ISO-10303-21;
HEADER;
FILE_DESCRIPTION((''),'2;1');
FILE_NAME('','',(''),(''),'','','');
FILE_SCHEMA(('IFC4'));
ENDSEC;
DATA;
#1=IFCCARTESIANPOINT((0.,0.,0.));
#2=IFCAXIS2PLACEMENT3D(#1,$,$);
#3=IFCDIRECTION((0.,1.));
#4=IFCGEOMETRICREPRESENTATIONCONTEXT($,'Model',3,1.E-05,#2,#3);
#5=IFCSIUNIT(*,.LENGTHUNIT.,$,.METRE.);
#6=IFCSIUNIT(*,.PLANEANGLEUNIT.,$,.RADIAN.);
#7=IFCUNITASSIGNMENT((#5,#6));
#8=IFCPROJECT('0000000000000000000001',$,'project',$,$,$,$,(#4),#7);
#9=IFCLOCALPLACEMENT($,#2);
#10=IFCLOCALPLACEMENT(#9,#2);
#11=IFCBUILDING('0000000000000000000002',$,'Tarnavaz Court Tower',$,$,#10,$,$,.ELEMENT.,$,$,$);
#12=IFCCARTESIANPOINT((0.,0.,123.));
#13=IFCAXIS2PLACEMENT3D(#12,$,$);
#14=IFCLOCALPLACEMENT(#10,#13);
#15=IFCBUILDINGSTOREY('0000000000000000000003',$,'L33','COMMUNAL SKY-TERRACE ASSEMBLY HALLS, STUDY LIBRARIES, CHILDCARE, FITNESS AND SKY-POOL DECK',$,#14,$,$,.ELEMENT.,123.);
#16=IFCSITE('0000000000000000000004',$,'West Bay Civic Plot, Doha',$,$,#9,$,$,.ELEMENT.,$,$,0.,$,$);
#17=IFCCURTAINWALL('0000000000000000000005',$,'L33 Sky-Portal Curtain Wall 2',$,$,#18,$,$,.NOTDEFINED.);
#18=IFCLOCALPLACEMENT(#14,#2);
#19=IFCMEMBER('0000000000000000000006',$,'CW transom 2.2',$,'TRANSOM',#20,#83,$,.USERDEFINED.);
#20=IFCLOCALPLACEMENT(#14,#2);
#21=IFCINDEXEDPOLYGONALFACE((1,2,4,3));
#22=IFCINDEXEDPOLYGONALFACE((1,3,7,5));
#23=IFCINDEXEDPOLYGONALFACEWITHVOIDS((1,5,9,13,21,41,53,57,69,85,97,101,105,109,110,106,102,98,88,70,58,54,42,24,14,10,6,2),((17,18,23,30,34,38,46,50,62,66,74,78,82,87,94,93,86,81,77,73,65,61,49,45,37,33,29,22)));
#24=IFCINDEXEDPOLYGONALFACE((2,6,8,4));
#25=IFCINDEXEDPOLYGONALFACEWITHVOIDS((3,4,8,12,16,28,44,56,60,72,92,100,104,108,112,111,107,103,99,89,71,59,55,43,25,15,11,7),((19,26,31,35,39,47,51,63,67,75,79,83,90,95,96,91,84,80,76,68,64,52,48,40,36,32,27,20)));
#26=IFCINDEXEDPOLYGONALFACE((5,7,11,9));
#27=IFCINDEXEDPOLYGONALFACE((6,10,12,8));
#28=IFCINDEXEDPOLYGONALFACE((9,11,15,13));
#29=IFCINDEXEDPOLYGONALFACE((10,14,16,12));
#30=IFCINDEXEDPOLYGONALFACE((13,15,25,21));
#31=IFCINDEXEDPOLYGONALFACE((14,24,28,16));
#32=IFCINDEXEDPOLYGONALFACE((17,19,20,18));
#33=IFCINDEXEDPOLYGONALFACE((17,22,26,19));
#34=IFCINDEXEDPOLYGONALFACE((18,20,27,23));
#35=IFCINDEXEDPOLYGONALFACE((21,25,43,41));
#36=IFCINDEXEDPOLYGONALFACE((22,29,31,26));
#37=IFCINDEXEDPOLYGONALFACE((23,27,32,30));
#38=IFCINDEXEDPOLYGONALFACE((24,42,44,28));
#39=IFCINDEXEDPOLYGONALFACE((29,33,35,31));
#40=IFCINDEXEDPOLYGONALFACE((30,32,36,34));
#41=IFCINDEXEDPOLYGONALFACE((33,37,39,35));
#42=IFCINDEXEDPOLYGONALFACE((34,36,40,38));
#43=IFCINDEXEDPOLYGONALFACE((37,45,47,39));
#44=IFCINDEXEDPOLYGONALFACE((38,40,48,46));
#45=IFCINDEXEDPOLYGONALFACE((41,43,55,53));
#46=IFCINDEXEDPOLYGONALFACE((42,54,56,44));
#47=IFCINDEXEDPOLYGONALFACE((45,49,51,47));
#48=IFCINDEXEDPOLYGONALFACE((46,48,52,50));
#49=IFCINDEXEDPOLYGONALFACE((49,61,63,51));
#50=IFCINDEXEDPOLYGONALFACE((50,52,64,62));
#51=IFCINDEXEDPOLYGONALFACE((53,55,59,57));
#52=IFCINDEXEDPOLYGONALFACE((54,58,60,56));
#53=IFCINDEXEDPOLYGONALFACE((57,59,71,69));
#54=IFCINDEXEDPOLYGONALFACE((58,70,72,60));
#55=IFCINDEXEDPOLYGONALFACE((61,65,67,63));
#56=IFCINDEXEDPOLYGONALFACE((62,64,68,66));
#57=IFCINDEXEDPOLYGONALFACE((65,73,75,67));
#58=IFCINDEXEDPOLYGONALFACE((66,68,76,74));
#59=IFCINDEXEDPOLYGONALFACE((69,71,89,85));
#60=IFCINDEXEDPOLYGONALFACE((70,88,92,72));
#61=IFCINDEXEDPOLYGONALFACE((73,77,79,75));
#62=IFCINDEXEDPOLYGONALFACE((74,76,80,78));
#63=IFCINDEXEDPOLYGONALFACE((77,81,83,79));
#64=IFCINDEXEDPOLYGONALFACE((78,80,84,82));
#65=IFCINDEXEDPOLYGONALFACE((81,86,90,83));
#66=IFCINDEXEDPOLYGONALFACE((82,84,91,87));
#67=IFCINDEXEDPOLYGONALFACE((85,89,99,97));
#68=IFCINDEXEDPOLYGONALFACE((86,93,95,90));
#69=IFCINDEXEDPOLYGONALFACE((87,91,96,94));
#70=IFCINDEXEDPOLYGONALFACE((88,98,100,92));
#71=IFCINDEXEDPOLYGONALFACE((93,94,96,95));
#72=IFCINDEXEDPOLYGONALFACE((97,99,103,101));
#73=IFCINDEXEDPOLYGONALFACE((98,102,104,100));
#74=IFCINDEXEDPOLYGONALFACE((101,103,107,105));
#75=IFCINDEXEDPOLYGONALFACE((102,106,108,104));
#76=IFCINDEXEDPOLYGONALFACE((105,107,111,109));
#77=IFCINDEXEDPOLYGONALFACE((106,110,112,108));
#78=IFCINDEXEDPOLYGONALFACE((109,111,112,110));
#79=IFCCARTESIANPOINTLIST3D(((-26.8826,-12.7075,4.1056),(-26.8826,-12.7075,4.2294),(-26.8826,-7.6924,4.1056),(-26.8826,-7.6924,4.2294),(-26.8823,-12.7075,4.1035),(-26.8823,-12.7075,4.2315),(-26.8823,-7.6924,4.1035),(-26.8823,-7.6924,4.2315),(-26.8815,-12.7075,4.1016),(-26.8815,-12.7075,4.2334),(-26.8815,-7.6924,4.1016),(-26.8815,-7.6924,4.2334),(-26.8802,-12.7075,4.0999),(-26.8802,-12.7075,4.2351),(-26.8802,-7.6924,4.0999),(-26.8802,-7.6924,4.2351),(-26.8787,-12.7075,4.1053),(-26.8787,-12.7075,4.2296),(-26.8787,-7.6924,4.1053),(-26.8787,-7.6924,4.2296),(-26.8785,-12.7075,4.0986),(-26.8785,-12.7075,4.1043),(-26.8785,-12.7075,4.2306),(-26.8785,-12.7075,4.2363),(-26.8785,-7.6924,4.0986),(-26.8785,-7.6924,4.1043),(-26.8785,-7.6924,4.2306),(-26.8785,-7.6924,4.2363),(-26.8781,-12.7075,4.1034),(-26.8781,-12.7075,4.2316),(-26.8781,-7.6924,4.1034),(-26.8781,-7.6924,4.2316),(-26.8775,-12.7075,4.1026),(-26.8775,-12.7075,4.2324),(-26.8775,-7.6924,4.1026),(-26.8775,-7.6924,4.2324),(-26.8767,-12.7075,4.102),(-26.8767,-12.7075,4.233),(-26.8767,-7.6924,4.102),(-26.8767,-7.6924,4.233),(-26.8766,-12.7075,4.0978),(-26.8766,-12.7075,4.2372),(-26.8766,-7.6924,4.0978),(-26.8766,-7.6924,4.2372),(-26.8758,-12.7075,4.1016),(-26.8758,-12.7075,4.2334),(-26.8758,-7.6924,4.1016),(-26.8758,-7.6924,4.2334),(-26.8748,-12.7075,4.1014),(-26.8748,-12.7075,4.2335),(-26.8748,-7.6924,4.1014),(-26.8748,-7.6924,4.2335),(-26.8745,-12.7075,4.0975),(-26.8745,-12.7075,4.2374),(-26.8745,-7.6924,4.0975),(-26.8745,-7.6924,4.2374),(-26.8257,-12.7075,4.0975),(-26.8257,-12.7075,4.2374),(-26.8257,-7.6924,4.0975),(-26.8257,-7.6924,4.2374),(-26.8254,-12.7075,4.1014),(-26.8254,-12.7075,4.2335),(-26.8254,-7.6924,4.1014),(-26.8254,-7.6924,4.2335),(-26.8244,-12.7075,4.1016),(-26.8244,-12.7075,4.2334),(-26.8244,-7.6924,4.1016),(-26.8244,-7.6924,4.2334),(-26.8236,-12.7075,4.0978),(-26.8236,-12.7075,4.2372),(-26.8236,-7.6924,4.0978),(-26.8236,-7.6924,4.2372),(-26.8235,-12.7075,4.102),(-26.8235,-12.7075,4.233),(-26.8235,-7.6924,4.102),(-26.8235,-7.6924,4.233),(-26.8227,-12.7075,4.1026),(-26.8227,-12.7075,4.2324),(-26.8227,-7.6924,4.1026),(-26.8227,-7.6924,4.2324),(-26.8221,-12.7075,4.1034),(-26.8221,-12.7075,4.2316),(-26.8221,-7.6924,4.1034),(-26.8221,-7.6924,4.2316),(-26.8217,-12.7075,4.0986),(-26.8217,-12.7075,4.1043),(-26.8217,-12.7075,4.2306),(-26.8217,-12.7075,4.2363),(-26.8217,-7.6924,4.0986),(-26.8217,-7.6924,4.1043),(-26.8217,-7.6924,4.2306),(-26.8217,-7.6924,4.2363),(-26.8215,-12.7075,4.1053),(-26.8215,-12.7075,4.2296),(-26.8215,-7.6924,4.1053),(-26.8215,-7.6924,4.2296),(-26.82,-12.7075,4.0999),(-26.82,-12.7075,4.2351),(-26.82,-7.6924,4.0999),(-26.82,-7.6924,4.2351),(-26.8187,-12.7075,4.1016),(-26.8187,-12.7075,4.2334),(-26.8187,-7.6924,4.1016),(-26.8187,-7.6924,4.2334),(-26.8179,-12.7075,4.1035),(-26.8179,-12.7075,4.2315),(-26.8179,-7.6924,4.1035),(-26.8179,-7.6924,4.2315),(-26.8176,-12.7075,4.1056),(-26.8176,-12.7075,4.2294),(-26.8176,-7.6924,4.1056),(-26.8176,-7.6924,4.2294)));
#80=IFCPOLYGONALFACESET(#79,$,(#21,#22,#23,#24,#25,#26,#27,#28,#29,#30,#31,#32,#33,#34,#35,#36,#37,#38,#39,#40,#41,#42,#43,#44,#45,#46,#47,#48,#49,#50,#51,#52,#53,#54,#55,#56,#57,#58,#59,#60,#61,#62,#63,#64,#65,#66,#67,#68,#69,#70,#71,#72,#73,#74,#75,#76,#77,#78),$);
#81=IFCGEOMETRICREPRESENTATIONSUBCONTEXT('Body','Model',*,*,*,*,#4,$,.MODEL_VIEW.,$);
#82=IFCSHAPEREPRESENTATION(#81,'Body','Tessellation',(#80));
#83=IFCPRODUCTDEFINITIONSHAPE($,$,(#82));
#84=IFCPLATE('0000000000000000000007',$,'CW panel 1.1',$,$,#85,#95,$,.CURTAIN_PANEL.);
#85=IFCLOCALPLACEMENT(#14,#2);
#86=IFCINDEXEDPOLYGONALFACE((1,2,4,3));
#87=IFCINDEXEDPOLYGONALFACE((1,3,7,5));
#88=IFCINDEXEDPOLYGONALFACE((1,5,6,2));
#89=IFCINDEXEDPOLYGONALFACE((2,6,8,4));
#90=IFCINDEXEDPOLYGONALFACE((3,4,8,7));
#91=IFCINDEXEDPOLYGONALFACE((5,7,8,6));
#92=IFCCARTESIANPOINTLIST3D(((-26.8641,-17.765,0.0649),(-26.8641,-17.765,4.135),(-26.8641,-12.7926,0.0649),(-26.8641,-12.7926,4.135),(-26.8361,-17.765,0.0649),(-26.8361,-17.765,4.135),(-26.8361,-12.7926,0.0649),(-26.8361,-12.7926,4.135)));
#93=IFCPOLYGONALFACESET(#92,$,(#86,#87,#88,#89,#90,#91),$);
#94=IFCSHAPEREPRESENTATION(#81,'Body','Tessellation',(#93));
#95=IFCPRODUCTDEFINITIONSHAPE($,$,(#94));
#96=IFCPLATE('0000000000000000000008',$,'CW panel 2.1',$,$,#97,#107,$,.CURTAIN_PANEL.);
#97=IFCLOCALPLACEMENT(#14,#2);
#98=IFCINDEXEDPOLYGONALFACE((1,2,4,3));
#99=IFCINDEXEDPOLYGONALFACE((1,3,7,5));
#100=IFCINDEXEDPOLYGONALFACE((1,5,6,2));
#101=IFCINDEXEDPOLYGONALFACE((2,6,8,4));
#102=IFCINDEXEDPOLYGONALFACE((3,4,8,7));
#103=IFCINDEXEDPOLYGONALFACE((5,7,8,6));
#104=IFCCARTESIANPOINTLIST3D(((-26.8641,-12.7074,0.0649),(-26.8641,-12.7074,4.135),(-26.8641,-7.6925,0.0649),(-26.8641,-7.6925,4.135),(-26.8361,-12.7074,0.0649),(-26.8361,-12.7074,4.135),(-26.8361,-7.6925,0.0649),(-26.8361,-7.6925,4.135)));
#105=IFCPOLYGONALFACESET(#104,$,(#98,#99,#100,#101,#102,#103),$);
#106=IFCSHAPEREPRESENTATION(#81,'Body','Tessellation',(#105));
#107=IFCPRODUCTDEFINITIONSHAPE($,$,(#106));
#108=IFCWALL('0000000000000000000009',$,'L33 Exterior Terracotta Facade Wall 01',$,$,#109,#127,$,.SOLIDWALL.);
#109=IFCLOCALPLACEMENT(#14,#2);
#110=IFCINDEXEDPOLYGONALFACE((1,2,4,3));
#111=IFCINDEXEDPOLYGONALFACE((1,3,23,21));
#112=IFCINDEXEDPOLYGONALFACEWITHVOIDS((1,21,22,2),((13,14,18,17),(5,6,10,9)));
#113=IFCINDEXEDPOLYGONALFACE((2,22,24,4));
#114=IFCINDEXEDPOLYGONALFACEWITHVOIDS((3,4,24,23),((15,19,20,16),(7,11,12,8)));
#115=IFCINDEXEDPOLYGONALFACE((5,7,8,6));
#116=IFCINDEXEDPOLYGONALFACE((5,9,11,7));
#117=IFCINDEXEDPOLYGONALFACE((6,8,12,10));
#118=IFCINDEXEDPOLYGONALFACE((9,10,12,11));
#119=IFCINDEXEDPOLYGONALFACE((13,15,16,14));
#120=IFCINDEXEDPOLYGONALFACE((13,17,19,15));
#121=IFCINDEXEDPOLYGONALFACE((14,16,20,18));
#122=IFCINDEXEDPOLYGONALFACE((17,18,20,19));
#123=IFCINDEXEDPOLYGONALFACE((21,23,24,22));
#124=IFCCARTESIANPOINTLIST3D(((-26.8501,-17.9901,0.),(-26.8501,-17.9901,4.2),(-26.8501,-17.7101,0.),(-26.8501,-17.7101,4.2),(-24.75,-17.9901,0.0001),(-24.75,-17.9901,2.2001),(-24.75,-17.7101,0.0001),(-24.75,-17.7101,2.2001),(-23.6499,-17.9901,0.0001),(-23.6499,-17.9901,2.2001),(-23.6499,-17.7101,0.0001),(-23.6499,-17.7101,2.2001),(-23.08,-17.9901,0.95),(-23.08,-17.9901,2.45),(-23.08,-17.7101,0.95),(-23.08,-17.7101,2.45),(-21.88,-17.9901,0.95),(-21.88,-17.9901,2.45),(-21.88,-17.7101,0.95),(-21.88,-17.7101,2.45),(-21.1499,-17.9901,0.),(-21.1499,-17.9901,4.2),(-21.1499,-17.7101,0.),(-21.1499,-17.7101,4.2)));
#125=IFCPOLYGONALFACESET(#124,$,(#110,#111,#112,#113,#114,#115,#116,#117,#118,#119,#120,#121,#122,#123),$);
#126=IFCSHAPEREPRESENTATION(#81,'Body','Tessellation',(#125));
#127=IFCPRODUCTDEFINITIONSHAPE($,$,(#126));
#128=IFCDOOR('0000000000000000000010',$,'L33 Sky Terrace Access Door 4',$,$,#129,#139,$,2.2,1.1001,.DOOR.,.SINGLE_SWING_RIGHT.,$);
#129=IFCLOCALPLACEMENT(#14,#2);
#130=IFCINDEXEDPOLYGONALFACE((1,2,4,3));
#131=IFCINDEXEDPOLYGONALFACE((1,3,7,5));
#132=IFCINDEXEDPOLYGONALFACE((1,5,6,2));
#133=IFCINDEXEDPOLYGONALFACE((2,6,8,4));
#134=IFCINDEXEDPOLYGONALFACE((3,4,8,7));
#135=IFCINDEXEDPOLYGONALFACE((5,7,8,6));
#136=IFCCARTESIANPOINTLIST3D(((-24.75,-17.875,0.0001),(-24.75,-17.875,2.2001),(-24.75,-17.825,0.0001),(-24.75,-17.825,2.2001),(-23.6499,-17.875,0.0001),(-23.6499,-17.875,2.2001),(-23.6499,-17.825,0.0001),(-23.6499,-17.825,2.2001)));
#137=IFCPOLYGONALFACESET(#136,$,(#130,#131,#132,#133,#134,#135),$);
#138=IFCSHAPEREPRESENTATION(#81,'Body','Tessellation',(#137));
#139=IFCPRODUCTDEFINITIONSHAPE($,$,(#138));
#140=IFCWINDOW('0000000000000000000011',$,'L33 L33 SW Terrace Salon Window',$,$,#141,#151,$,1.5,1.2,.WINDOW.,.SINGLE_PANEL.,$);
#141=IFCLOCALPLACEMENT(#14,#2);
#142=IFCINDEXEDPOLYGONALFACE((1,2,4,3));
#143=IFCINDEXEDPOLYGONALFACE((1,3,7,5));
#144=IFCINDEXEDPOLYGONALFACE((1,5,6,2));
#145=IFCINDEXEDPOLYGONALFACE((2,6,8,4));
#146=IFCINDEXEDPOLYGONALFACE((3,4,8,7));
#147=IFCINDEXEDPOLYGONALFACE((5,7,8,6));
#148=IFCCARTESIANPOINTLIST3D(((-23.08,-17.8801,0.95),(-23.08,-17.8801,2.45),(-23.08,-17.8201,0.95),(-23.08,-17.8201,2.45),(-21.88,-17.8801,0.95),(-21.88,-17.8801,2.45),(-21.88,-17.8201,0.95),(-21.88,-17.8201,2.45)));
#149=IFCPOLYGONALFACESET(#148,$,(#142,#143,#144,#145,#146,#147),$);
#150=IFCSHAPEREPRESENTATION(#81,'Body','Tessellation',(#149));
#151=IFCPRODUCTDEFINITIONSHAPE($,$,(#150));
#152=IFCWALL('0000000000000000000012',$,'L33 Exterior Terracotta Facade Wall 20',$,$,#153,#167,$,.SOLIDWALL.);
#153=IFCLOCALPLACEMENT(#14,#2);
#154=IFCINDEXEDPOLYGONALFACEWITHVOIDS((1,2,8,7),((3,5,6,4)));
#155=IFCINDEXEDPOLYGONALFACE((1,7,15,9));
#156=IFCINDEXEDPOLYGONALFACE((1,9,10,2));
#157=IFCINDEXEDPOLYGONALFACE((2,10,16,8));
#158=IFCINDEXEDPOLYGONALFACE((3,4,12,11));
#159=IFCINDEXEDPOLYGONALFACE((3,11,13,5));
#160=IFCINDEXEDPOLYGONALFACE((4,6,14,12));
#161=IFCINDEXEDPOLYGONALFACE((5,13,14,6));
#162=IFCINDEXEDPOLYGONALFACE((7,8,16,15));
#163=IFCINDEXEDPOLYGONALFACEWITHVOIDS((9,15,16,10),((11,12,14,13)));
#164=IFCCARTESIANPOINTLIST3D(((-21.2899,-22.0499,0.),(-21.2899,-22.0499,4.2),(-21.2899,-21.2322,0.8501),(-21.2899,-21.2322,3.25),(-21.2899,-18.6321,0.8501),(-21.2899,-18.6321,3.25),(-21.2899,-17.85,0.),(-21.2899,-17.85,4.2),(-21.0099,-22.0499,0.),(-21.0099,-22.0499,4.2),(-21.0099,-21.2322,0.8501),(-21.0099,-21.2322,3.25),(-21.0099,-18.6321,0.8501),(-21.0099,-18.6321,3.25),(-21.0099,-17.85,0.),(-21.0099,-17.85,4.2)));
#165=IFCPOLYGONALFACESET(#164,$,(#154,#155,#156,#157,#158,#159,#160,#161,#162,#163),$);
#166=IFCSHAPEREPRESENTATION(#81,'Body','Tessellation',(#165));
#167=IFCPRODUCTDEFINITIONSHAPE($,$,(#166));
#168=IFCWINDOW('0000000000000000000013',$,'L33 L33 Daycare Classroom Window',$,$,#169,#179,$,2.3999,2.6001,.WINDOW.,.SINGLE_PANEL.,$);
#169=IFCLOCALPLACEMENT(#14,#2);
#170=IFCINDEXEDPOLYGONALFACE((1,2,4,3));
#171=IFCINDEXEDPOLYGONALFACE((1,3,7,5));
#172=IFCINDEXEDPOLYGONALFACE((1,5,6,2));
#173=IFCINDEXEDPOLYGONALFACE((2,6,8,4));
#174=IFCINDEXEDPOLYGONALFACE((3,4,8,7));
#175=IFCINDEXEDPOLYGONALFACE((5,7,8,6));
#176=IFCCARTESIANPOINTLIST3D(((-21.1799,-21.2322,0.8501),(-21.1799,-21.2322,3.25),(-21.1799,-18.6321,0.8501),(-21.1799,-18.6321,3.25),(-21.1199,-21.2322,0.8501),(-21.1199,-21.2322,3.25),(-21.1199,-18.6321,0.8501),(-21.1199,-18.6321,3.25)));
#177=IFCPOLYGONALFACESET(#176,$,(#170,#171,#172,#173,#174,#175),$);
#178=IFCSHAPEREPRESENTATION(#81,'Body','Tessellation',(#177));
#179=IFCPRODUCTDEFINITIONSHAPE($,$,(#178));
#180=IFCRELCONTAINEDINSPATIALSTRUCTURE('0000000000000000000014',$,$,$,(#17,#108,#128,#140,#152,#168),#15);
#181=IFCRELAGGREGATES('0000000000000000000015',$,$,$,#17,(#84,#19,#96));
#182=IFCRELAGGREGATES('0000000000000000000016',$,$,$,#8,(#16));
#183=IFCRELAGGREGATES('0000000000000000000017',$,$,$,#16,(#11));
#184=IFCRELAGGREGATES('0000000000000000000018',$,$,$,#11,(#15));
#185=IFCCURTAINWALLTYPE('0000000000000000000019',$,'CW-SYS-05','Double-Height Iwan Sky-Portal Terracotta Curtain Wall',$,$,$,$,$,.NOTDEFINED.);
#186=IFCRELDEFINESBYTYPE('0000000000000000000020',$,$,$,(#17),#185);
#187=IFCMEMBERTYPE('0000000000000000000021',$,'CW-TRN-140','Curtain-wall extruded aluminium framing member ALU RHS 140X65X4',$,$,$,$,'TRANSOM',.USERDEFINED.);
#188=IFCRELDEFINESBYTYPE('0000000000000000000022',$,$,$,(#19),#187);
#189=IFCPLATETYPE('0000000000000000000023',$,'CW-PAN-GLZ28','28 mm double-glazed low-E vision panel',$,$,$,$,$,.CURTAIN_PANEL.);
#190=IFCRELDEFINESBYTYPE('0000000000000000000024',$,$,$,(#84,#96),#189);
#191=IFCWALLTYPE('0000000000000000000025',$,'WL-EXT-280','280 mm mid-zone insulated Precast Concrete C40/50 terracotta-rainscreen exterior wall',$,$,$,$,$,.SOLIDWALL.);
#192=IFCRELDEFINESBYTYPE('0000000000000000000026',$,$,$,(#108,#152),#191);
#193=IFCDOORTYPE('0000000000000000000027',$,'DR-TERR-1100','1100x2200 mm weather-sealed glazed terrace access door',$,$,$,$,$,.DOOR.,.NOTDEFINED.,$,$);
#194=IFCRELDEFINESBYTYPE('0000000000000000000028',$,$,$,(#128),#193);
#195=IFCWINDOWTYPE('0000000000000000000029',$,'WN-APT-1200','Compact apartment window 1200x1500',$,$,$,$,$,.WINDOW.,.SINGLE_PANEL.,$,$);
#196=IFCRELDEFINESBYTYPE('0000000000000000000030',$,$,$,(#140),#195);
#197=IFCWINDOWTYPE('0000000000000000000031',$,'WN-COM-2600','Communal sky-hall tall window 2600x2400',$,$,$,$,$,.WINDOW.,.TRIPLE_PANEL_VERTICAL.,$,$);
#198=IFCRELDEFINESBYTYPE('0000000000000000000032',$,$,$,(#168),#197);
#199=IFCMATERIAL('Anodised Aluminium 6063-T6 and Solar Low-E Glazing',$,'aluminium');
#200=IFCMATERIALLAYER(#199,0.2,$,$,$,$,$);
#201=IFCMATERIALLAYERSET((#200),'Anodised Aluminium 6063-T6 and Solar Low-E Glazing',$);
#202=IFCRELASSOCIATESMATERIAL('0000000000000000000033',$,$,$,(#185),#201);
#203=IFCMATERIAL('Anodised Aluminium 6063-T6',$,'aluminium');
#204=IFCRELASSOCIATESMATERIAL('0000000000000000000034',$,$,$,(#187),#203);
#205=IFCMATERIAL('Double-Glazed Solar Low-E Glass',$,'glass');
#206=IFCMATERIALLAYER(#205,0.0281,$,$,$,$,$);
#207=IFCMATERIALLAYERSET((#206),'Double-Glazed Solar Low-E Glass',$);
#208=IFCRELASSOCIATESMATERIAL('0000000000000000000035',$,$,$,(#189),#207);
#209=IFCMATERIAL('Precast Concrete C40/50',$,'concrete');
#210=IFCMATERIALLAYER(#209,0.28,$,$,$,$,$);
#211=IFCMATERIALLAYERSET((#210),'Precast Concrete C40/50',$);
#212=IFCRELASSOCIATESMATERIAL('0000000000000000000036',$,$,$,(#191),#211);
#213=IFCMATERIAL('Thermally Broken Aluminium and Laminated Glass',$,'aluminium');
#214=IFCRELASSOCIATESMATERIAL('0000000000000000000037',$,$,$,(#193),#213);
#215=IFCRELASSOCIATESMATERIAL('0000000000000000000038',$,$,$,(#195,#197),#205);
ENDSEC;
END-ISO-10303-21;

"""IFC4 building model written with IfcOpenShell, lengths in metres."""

from ifc_helpers import new_model, si_unit, direction, frame, frame_2d, origin, origin_2d, place, context, subcontext, project, spatial, rectangle, hollow_rectangle, extrude, material, layer, layer_set, material_profile, profile_set, type_object, element, fill, aggregate, save


model = new_model("IFC4")

# Units and contexts
model_context = context("Model", 3, precision=1e-05, world=origin(), true_north=direction((0.0, 1.0)))
body_context = subcontext(model_context, "Body", "Model", "MODEL_VIEW")
ifc_project = project(units=[si_unit("LENGTHUNIT", "METRE"), si_unit("PLANEANGLEUNIT", "RADIAN")], contexts=[model_context])

# Site, building, storey
site_placement = place(None, origin())
site = spatial("IfcSite", under=ifc_project, at=site_placement, Name="West Bay Civic Plot, Doha", CompositionType="ELEMENT", RefElevation=0.0)
building_placement = place(site_placement, origin())
building = spatial("IfcBuilding", under=site, at=building_placement, Name="Tarnavaz Court Tower", CompositionType="ELEMENT")
storey_placement = place(building_placement, frame((0.0, 0.0, 123.0)))
storey = spatial("IfcBuildingStorey", under=building, at=storey_placement, Name="L33", Description="COMMUNAL SKY-TERRACE ASSEMBLY HALLS, STUDY LIBRARIES, CHILDCARE, FITNESS AND SKY-POOL DECK", CompositionType="ELEMENT", Elevation=123.0)

# Curtain wall, member, plates
ifc_material_1 = material(Name="Anodised Aluminium 6063-T6 and Solar Low-E Glazing", Category="aluminium")
ifc_layer_1 = layer(ifc_material_1, 0.2)
ifc_layer_set_1 = layer_set([ifc_layer_1], Name="Anodised Aluminium 6063-T6 and Solar Low-E Glazing")
curtain_wall_type = type_object("IfcCurtainWallType", Name="CW-SYS-05", Description="Double-Height Iwan Sky-Portal Terracotta Curtain Wall", PredefinedType="NOTDEFINED", material=ifc_layer_set_1)
curtain_wall_placement = place(storey_placement, origin())
curtain_wall = element("IfcCurtainWall", 1, at=curtain_wall_placement, inside=storey, type_object=curtain_wall_type, Name="L33 Sky-Portal Curtain Wall 2", PredefinedType="NOTDEFINED")
ifc_material_2 = material(Name="Anodised Aluminium 6063-T6", Category="aluminium")
ifc_material_profile_1 = material_profile(ifc_material_2, hollow_rectangle(XDim=0.0649, YDim=0.1399, WallThickness=0.0039, InnerFilletRadius=0.0039, OuterFilletRadius=0.0081, at=origin_2d()), Name="ALU RHS 140X65X4")
ifc_profile_set_1 = profile_set([ifc_material_profile_1], Name="Anodised Aluminium 6063-T6")
member_type_1 = type_object("IfcMemberType", Name="CW-TRN-140", Description="Curtain-wall extruded aluminium framing member ALU RHS 140X65X4", ElementType="TRANSOM", PredefinedType="USERDEFINED", material=ifc_profile_set_1)
member_1_placement = place(storey_placement, frame((-26.8501, -12.7075, 4.1675), z_axis=(0.0, 1.0, 0.0), x_axis=(-1.0, 0.0, 0.0)))
member_1 = element("IfcMember", 2, at=member_1_placement, type_object=member_type_1, Name="CW transom 2.2", ObjectType="TRANSOM", PredefinedType="USERDEFINED", context=body_context, shape_type="SweptSolid", body=[
    extrude(hollow_rectangle(XDim=0.0649, YDim=0.1399, WallThickness=0.0039, InnerFilletRadius=0.0039, OuterFilletRadius=0.0081, at=origin_2d()), origin(), (0.0, 0.0, 1.0), 5.0151),
])
ifc_material_3 = material(Name="Double-Glazed Solar Low-E Glass", Category="glass")
ifc_layer_2 = layer(ifc_material_3, 0.0281)
ifc_layer_set_2 = layer_set([ifc_layer_2], Name="Double-Glazed Solar Low-E Glass")
plate_type = type_object("IfcPlateType", Name="CW-PAN-GLZ28", Description="28 mm double-glazed low-E vision panel", PredefinedType="CURTAIN_PANEL", material=ifc_layer_set_2)
plate_1_placement = place(storey_placement, frame((-26.8501, -15.2788, 0.0649), z_axis=(0.0, 0.0, 1.0), x_axis=(0.0, 1.0, 0.0)))
plate_1 = element("IfcPlate", 3, at=plate_1_placement, type_object=plate_type, Name="CW panel 1.1", PredefinedType="CURTAIN_PANEL", context=body_context, shape_type="SweptSolid", body=[
    extrude(rectangle(XDim=4.9724, YDim=0.0281, at=origin_2d()), origin(), (0.0, 0.0, 1.0), 4.0701),
])
plate_2_placement = place(storey_placement, frame((-26.8501, -10.2, 0.0649), z_axis=(0.0, 0.0, 1.0), x_axis=(0.0, 1.0, 0.0)))
plate_2 = element("IfcPlate", 4, at=plate_2_placement, type_object=plate_type, Name="CW panel 2.1", PredefinedType="CURTAIN_PANEL", context=body_context, shape_type="SweptSolid", body=[
    extrude(rectangle(XDim=5.0149, YDim=0.0281, at=origin_2d()), origin(), (0.0, 0.0, 1.0), 4.0701),
])
aggregate(curtain_wall, [plate_1, member_1, plate_2])

# Wall, openings, door, window
ifc_material_4 = material(Name="Precast Concrete C40/50", Category="concrete")
ifc_layer_3 = layer(ifc_material_4, 0.28)
ifc_layer_set_3 = layer_set([ifc_layer_3], Name="Precast Concrete C40/50")
wall_type_1 = type_object("IfcWallType", Name="WL-EXT-280", Description="280 mm mid-zone insulated Precast Concrete C40/50 terracotta-rainscreen exterior wall", PredefinedType="SOLIDWALL", material=ifc_layer_set_3)
wall_1_placement = place(storey_placement, frame((-21.1499, -17.8501, 0.0), z_axis=(0.0, 0.0, 1.0), x_axis=(-1.0, 0.0, 0.0)))
wall_1 = element("IfcWall", 5, at=wall_1_placement, inside=storey, type_object=wall_type_1, Name="L33 Exterior Terracotta Facade Wall 01", PredefinedType="SOLIDWALL", context=body_context, shape_type="SweptSolid", body=[
    extrude(rectangle(XDim=5.7002, YDim=0.28, at=frame_2d((2.8501, 0.0))), origin(), (0.0, 0.0, 1.0), 4.2),
])
opening_1_placement = place(wall_1_placement, frame((2.5, 0.0, 0.0)))
opening_1 = element("IfcOpeningElement", 6, at=opening_1_placement, cuts=wall_1, PredefinedType="OPENING", context=body_context, shape_type="SweptSolid", body=[
    extrude(rectangle(XDim=1.1001, YDim=2.2, at=frame_2d((0.55, 1.1001))), frame((0.0, 0.1499, 0.0), z_axis=(0.0, -1.0, 0.0), x_axis=(1.0, 0.0, 0.0)), (0.0, 0.0, 1.0), 0.3),
])
opening_2_placement = place(wall_1_placement, frame((0.73, 0.0, 0.95)))
opening_2 = element("IfcOpeningElement", 7, at=opening_2_placement, cuts=wall_1, PredefinedType="OPENING", context=body_context, shape_type="SweptSolid", body=[
    extrude(rectangle(XDim=1.2, YDim=1.5, at=frame_2d((0.6001, 0.75))), frame((0.0, 0.1499, 0.0), z_axis=(0.0, -1.0, 0.0), x_axis=(1.0, 0.0, 0.0)), (0.0, 0.0, 1.0), 0.3),
])
ifc_material_5 = material(Name="Thermally Broken Aluminium and Laminated Glass", Category="aluminium")
door_type_1 = type_object("IfcDoorType", Name="DR-TERR-1100", Description="1100x2200 mm weather-sealed glazed terrace access door", OperationType="NOTDEFINED", PredefinedType="DOOR", material=ifc_material_5)
door_1_placement = place(opening_1_placement, origin())
door_1 = element("IfcDoor", 8, at=door_1_placement, inside=storey, type_object=door_type_1, Name="L33 Sky Terrace Access Door 4", OperationType="SINGLE_SWING_RIGHT", OverallHeight=2.2, OverallWidth=1.1001, PredefinedType="DOOR", context=body_context, shape_type="SweptSolid", body=[
    extrude(rectangle(XDim=1.1001, YDim=2.2, at=frame_2d((0.55, 1.1001))), frame((0.0, 0.0249, 0.0), z_axis=(0.0, -1.0, 0.0), x_axis=(1.0, 0.0, 0.0)), (0.0, 0.0, 1.0), 0.05),
])
fill(opening_1, door_1)
window_type_1 = type_object("IfcWindowType", Name="WN-APT-1200", Description="Compact apartment window 1200x1500", PartitioningType="SINGLE_PANEL", PredefinedType="WINDOW", material=ifc_material_3)
window_1_placement = place(opening_2_placement, origin())
window_1 = element("IfcWindow", 9, at=window_1_placement, inside=storey, type_object=window_type_1, Name="L33 L33 SW Terrace Salon Window", OverallHeight=1.5, OverallWidth=1.2, PartitioningType="SINGLE_PANEL", PredefinedType="WINDOW", context=body_context, shape_type="SweptSolid", body=[
    extrude(rectangle(XDim=1.2, YDim=1.5, at=frame_2d((0.6001, 0.75))), frame((0.0, 0.03, 0.0), z_axis=(0.0, -1.0, 0.0), x_axis=(1.0, 0.0, 0.0)), (0.0, 0.0, 1.0), 0.0601),
])
fill(opening_2, window_1)

# Wall, opening, window
wall_2_placement = place(storey_placement, frame((-21.1499, -22.05, 0.0), z_axis=(0.0, 0.0, 1.0), x_axis=(0.0, 1.0, 0.0)))
wall_2 = element("IfcWall", 10, at=wall_2_placement, inside=storey, type_object=wall_type_1, Name="L33 Exterior Terracotta Facade Wall 20", PredefinedType="SOLIDWALL", context=body_context, shape_type="SweptSolid", body=[
    extrude(rectangle(XDim=4.2, YDim=0.28, at=frame_2d((2.1001, 0.0))), origin(), (0.0, 0.0, 1.0), 4.2),
])
opening_3_placement = place(wall_2_placement, frame((0.8179, 0.0, 0.8501)))
opening_3 = element("IfcOpeningElement", 11, at=opening_3_placement, cuts=wall_2, PredefinedType="OPENING", context=body_context, shape_type="SweptSolid", body=[
    extrude(rectangle(XDim=2.6001, YDim=2.3999, at=frame_2d((1.3, 1.2))), frame((0.0, 0.1499, 0.0), z_axis=(0.0, -1.0, 0.0), x_axis=(1.0, 0.0, 0.0)), (0.0, 0.0, 1.0), 0.3),
])
window_type_2 = type_object("IfcWindowType", Name="WN-COM-2600", Description="Communal sky-hall tall window 2600x2400", PartitioningType="TRIPLE_PANEL_VERTICAL", PredefinedType="WINDOW", material=ifc_material_3)
window_2_placement = place(opening_3_placement, origin())
window_2 = element("IfcWindow", 12, at=window_2_placement, inside=storey, type_object=window_type_2, Name="L33 L33 Daycare Classroom Window", OverallHeight=2.3999, OverallWidth=2.6001, PartitioningType="SINGLE_PANEL", PredefinedType="WINDOW", context=body_context, shape_type="SweptSolid", body=[
    extrude(rectangle(XDim=2.6001, YDim=2.3999, at=frame_2d((1.3, 1.2))), frame((0.0, 0.03, 0.0), z_axis=(0.0, -1.0, 0.0), x_axis=(1.0, 0.0, 0.0)), (0.0, 0.0, 1.0), 0.0601),
])
fill(opening_3, window_2)

save(model, "model.ifc")
